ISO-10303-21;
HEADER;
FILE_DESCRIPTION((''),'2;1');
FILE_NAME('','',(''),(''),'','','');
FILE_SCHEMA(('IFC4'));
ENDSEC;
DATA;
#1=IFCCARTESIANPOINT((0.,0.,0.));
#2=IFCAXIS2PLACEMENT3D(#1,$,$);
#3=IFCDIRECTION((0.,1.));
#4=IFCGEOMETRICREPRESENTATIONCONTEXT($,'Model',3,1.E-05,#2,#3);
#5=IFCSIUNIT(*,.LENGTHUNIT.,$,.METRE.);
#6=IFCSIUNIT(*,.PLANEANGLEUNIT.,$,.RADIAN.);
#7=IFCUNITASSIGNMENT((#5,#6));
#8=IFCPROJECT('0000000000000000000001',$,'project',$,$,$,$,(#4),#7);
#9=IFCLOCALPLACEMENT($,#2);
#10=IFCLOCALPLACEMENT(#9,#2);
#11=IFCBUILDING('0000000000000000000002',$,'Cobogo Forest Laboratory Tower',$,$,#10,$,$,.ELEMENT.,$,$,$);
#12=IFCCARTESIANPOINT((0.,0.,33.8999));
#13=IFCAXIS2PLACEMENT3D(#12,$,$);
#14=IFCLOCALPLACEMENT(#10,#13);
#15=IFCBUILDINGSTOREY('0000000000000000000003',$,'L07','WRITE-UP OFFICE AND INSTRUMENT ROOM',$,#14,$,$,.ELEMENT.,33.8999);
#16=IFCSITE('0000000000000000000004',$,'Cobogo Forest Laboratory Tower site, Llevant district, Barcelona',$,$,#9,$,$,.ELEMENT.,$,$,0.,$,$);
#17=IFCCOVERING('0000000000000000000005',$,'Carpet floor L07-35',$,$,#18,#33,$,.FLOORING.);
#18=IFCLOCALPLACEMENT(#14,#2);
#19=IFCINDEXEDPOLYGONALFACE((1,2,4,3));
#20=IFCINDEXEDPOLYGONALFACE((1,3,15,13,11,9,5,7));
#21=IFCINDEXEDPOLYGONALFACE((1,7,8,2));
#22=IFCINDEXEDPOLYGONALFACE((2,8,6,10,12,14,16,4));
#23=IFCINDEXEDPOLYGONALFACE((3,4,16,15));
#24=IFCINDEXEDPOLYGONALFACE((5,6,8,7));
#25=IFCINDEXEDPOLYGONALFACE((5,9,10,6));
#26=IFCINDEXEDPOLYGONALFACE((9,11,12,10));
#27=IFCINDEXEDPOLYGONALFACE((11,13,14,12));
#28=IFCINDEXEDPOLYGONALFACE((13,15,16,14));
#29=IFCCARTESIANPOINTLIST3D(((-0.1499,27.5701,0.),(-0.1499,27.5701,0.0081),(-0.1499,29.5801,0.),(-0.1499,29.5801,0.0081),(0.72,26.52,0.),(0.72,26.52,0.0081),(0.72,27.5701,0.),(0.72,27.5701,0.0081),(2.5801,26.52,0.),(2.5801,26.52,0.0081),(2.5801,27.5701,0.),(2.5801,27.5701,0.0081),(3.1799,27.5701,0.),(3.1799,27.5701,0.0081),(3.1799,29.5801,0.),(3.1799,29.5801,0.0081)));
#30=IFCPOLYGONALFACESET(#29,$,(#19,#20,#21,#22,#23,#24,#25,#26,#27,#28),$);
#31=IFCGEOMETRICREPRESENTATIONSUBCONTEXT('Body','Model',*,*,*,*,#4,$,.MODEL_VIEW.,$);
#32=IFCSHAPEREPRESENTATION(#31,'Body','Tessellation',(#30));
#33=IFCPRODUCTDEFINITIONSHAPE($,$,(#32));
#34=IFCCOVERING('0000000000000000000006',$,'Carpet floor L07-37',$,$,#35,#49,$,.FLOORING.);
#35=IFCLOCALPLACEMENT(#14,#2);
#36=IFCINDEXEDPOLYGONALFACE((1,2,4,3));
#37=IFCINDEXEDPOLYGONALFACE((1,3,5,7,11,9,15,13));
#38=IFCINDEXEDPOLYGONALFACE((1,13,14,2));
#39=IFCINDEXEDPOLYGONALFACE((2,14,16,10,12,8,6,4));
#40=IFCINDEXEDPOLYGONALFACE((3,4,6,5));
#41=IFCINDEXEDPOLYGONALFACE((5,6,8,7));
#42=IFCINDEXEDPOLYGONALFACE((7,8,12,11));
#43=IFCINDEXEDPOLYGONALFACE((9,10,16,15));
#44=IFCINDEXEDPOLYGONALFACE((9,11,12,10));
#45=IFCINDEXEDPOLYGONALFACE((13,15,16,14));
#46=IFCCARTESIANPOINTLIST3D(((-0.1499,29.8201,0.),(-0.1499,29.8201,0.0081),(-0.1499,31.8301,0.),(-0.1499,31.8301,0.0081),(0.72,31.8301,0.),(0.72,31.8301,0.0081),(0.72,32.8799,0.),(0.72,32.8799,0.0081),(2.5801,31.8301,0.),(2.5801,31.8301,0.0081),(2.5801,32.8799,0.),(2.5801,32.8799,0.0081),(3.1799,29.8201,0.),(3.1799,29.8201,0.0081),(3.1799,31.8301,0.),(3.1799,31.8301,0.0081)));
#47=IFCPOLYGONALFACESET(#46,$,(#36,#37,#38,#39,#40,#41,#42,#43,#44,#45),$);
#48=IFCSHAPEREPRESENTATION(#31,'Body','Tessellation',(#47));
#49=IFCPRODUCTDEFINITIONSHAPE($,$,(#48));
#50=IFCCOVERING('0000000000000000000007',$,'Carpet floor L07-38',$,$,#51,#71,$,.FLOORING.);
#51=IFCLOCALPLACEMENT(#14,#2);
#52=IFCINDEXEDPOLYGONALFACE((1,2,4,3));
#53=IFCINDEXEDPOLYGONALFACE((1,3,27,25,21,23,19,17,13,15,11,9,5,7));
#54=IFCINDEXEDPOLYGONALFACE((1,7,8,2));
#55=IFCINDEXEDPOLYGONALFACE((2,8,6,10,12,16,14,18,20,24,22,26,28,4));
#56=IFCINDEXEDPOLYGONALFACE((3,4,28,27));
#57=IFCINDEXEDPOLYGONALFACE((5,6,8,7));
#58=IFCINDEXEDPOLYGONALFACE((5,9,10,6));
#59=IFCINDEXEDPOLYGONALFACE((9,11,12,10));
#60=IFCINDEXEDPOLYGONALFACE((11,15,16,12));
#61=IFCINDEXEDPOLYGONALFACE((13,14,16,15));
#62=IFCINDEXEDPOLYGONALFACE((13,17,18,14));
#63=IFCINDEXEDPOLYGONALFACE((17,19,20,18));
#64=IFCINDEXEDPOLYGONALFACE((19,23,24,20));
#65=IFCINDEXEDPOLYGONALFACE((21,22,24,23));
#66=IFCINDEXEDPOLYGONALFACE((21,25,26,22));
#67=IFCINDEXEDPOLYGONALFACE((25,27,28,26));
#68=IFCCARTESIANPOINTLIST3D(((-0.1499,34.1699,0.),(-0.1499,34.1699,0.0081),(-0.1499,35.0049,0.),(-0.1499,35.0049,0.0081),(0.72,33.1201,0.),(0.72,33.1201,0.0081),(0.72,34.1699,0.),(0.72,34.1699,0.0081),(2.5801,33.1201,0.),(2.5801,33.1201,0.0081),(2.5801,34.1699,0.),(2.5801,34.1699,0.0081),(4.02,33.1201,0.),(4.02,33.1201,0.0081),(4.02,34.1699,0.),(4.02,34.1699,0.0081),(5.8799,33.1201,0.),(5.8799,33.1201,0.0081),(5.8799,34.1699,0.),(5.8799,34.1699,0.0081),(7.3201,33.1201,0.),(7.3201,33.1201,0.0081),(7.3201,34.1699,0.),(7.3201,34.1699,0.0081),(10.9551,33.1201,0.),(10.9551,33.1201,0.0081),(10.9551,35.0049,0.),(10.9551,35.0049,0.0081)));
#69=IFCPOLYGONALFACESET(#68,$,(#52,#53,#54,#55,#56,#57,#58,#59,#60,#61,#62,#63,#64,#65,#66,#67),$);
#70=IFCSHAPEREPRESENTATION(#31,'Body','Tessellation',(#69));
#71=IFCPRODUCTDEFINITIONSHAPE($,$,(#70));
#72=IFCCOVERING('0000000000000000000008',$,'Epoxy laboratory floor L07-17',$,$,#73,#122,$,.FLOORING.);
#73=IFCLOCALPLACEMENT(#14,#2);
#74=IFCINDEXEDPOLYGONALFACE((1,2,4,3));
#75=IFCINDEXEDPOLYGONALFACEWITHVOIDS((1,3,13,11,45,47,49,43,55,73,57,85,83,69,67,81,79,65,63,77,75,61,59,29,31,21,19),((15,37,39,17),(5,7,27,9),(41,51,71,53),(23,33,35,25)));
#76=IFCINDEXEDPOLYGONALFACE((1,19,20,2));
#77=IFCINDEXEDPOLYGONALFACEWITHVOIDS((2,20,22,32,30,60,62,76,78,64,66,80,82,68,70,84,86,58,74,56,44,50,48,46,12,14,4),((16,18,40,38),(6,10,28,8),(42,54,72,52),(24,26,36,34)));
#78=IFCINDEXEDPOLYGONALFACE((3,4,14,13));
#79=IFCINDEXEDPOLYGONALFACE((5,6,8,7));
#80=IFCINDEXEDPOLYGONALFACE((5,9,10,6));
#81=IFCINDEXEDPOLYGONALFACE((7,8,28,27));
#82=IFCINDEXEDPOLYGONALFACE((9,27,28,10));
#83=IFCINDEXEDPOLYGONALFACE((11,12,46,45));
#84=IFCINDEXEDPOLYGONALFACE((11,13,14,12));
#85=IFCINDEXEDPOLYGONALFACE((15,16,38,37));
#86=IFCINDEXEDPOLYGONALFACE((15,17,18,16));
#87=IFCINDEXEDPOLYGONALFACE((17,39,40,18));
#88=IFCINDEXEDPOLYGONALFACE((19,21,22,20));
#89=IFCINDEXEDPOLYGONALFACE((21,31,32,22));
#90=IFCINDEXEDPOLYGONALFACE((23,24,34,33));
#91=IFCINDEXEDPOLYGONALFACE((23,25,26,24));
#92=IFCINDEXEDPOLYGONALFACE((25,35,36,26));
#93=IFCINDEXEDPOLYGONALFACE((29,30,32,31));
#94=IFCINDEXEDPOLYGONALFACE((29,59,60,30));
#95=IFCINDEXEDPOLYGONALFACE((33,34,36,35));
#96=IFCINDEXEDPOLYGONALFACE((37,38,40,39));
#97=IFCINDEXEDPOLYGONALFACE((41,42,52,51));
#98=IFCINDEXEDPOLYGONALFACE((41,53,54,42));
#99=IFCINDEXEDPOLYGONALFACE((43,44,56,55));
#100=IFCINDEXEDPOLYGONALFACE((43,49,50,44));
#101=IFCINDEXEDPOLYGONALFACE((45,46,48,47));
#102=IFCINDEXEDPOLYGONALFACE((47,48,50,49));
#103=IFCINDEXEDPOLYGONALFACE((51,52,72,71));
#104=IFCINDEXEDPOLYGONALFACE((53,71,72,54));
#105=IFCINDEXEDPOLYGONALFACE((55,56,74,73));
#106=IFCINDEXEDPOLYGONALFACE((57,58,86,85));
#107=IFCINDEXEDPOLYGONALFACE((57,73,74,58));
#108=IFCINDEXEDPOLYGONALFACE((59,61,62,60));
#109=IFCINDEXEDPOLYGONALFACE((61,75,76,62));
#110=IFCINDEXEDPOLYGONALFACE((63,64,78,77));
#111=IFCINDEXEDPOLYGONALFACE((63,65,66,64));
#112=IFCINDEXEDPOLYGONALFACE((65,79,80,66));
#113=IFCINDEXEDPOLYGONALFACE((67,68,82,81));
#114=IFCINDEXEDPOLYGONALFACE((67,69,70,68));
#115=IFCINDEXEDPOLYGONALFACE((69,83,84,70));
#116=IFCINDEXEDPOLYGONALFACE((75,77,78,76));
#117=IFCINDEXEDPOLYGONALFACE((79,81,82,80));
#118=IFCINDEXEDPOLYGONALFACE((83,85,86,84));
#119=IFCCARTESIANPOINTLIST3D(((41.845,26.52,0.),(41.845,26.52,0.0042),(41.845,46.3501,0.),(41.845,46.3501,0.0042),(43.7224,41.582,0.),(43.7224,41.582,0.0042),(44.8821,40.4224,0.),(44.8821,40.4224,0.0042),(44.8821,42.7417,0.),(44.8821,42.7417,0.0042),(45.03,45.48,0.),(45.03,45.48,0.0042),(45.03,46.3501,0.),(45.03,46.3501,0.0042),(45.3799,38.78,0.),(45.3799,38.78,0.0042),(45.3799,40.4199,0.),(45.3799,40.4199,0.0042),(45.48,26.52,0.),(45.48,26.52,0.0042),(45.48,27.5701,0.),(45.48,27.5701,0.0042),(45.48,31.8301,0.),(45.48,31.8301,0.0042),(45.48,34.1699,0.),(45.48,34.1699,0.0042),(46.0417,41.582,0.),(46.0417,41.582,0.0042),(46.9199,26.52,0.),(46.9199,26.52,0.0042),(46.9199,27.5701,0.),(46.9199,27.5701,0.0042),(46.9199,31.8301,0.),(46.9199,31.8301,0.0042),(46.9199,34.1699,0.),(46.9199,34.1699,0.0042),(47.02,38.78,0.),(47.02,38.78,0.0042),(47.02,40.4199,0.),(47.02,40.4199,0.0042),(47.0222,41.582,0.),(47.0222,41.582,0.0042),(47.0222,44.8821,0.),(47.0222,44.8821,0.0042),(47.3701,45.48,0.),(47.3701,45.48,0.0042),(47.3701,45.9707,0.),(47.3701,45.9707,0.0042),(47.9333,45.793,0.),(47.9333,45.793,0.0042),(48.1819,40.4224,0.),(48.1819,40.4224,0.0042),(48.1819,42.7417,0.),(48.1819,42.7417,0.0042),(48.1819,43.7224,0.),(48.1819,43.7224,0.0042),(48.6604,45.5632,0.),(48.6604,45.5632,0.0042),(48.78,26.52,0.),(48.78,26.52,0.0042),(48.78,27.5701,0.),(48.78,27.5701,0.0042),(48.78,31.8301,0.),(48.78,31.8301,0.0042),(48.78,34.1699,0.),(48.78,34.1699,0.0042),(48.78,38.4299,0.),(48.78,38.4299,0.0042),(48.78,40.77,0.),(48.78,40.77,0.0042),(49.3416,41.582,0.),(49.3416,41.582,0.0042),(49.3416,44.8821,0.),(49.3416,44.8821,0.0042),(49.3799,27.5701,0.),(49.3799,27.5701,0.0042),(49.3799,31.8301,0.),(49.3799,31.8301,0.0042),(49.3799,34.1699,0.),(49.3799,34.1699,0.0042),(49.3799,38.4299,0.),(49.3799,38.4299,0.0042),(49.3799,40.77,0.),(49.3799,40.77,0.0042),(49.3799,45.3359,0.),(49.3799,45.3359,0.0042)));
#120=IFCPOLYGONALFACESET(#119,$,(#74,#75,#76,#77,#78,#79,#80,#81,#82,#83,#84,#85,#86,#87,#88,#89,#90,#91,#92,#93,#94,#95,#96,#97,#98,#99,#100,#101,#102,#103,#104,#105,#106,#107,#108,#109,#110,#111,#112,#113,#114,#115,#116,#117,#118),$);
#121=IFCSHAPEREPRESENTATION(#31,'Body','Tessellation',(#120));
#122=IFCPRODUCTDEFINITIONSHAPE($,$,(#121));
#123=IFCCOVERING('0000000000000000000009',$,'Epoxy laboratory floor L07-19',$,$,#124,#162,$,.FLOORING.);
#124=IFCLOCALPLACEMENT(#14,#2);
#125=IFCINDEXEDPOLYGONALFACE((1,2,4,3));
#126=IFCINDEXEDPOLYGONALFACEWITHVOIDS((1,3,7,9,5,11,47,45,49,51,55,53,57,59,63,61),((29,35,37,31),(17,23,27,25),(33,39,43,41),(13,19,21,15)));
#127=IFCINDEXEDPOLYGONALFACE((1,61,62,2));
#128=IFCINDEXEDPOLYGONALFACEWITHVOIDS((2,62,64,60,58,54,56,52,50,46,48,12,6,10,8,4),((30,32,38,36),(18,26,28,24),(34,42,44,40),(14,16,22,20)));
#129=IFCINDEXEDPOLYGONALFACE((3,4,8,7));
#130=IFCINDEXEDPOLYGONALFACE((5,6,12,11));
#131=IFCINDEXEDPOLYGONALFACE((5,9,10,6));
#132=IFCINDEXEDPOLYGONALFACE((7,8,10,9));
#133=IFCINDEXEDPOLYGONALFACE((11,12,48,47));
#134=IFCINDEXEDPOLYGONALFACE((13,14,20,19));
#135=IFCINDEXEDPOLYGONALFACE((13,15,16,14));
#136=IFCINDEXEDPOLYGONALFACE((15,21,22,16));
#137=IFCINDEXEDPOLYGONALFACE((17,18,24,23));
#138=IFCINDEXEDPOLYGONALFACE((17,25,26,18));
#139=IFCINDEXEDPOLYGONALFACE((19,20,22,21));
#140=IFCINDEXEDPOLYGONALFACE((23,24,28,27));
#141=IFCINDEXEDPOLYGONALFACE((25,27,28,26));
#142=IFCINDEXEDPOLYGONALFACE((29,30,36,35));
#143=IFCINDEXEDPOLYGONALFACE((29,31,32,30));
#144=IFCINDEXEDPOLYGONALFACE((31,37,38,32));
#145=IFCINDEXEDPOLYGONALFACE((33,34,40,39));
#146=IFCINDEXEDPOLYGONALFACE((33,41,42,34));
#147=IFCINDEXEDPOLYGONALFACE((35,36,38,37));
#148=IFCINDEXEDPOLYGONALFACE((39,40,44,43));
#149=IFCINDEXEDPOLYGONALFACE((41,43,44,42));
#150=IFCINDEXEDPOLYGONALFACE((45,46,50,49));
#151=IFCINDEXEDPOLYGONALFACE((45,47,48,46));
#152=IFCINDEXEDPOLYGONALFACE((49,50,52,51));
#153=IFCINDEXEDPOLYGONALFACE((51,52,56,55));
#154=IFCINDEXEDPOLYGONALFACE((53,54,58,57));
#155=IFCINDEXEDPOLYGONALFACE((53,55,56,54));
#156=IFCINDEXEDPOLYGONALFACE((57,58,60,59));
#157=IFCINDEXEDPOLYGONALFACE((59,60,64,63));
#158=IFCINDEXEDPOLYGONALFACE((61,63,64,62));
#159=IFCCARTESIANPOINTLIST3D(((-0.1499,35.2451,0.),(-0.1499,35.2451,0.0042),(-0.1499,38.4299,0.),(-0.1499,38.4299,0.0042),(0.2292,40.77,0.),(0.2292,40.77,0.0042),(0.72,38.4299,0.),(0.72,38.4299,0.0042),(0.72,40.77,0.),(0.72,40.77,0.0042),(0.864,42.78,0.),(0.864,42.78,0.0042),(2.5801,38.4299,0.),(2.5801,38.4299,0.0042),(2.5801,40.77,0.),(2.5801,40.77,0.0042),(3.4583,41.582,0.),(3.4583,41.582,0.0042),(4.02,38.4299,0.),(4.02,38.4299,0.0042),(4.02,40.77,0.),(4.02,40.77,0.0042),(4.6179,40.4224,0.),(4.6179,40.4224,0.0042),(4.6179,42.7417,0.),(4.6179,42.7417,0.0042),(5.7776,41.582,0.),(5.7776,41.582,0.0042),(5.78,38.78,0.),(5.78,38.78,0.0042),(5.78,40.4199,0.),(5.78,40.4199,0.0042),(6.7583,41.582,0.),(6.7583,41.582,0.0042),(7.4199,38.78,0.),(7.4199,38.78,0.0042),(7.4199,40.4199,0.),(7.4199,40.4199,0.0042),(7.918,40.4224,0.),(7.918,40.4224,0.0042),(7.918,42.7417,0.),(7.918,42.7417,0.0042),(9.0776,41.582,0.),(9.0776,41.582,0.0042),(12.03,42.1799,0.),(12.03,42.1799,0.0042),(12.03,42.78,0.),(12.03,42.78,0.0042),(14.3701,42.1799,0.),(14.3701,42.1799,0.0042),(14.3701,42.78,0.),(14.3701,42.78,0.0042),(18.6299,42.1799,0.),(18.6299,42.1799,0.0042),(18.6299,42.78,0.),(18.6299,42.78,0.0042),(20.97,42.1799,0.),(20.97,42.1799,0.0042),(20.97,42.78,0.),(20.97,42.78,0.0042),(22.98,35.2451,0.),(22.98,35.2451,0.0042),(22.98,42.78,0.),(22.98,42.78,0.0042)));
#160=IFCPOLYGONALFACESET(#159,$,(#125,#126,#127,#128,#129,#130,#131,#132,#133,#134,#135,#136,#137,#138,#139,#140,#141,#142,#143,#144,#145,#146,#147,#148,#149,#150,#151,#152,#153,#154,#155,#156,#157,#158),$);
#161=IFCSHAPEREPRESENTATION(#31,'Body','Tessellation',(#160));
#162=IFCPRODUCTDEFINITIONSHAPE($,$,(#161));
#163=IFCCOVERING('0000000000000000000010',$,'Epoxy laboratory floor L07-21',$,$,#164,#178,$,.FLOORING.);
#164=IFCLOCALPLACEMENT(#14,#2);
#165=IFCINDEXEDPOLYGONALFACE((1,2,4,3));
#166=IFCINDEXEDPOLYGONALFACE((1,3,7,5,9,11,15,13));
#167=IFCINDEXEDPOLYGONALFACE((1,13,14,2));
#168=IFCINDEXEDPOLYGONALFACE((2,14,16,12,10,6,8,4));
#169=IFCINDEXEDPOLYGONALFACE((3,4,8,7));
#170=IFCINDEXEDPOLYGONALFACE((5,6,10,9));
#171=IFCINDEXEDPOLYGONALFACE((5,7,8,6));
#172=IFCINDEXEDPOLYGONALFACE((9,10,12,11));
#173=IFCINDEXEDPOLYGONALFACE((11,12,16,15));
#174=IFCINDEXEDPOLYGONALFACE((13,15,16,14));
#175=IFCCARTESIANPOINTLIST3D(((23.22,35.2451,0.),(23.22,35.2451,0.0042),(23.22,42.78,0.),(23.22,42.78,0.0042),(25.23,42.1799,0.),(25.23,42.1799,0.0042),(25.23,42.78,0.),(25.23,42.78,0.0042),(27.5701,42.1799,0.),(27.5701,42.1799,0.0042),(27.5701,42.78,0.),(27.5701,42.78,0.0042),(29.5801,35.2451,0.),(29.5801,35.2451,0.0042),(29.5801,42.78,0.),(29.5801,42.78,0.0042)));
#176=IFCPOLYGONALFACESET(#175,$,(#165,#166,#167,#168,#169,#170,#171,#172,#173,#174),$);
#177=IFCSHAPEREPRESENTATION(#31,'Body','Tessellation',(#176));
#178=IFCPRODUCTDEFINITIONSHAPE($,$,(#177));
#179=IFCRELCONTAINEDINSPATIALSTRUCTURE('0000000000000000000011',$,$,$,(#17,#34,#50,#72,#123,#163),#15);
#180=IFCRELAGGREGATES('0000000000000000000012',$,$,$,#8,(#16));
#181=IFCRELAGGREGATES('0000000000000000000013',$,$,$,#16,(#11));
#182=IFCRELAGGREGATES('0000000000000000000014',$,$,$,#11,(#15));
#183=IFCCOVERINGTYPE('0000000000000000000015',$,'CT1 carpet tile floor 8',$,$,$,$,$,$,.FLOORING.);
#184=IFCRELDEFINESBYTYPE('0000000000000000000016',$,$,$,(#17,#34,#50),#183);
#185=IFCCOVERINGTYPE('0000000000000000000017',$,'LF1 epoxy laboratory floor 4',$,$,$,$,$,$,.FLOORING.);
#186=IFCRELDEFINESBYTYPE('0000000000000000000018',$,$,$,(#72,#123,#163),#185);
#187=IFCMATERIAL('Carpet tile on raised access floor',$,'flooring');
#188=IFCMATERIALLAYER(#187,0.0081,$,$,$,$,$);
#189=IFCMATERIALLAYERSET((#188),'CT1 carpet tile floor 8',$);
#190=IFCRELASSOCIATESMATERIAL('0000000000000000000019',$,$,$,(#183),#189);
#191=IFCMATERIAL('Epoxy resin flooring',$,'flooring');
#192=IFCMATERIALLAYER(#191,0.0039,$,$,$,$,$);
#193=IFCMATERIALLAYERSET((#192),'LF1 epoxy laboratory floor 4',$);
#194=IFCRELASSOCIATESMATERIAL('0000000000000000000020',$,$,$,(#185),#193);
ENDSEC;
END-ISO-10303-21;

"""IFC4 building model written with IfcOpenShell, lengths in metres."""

from ifc_helpers import new_model, si_unit, direction, frame, origin, place, context, subcontext, project, spatial, polyline, outline, extrude, material, layer, layer_set, type_object, element, save


model = new_model("IFC4")

# Units and contexts
model_context = context("Model", 3, precision=1e-05, world=origin(), true_north=direction((0.0, 1.0)))
body_context = subcontext(model_context, "Body", "Model", "MODEL_VIEW")
ifc_project = project(units=[si_unit("LENGTHUNIT", "METRE"), si_unit("PLANEANGLEUNIT", "RADIAN")], contexts=[model_context])

# Site, building, storey
site_placement = place(None, origin())
site = spatial("IfcSite", under=ifc_project, at=site_placement, Name="Cobogo Forest Laboratory Tower site, Llevant district, Barcelona", CompositionType="ELEMENT", RefElevation=0.0)
building_placement = place(site_placement, origin())
building = spatial("IfcBuilding", under=site, at=building_placement, Name="Cobogo Forest Laboratory Tower", CompositionType="ELEMENT")
storey_placement = place(building_placement, frame((0.0, 0.0, 33.8999)))
storey = spatial("IfcBuildingStorey", under=building, at=storey_placement, Name="L07", Description="WRITE-UP OFFICE AND INSTRUMENT ROOM", CompositionType="ELEMENT", Elevation=33.8999)

# Coverings
ifc_material_1 = material(Name="Carpet tile on raised access floor", Category="flooring")
ifc_layer_1 = layer(ifc_material_1, 0.0081)
ifc_layer_set_1 = layer_set([ifc_layer_1], Name="CT1 carpet tile floor 8")
covering_type_1 = type_object("IfcCoveringType", Name="CT1 carpet tile floor 8", PredefinedType="FLOORING", material=ifc_layer_set_1)
covering_1_placement = place(storey_placement, origin())
element("IfcCovering", 1, at=covering_1_placement, inside=storey, type_object=covering_type_1, Name="Carpet floor L07-35", PredefinedType="FLOORING", context=body_context, shape_type="SweptSolid", body=[
    extrude(outline(polyline([(3.1799, 27.5701), (2.5801, 27.5701), (2.5801, 26.52), (0.72, 26.52), (0.72, 27.5701), (-0.1499, 27.5701), (-0.1499, 29.5801), (3.1799, 29.5801), (3.1799, 27.5701)])), origin(), (0.0, 0.0, 1.0), 0.0081),
])
covering_2_placement = place(storey_placement, origin())
element("IfcCovering", 2, at=covering_2_placement, inside=storey, type_object=covering_type_1, Name="Carpet floor L07-37", PredefinedType="FLOORING", context=body_context, shape_type="SweptSolid", body=[
    extrude(outline(polyline([(3.1799, 29.8201), (-0.1499, 29.8201), (-0.1499, 31.8301), (0.72, 31.8301), (0.72, 32.8799), (2.5801, 32.8799), (2.5801, 31.8301), (3.1799, 31.8301), (3.1799, 29.8201)])), origin(), (0.0, 0.0, 1.0), 0.0081),
])
covering_3_placement = place(storey_placement, origin())
element("IfcCovering", 3, at=covering_3_placement, inside=storey, type_object=covering_type_1, Name="Carpet floor L07-38", PredefinedType="FLOORING", context=body_context, shape_type="SweptSolid", body=[
    extrude(outline(polyline([(10.9551, 33.1201), (7.3201, 33.1201), (7.3201, 34.1699), (5.8799, 34.1699), (5.8799, 33.1201), (4.02, 33.1201), (4.02, 34.1699), (2.5801, 34.1699), (2.5801, 33.1201), (0.72, 33.1201), (0.72, 34.1699), (-0.1499, 34.1699), (-0.1499, 35.0049), (10.9551, 35.0049), (10.9551, 33.1201)])), origin(), (0.0, 0.0, 1.0), 0.0081),
])
ifc_material_2 = material(Name="Epoxy resin flooring", Category="flooring")
ifc_layer_2 = layer(ifc_material_2, 0.0039)
ifc_layer_set_2 = layer_set([ifc_layer_2], Name="LF1 epoxy laboratory floor 4")
covering_type_2 = type_object("IfcCoveringType", Name="LF1 epoxy laboratory floor 4", PredefinedType="FLOORING", material=ifc_layer_set_2)
covering_4_placement = place(storey_placement, origin())
element("IfcCovering", 4, at=covering_4_placement, inside=storey, type_object=covering_type_2, Name="Epoxy laboratory floor L07-17", PredefinedType="FLOORING", context=body_context, shape_type="SweptSolid", body=[
    extrude(outline(polyline([(46.9199, 26.52), (46.9199, 27.5701), (45.48, 27.5701), (45.48, 26.52), (41.845, 26.52), (41.845, 46.3501), (45.03, 46.3501), (45.03, 45.48), (47.3701, 45.48), (47.3701, 45.9707), (47.9333, 45.793), (47.0222, 44.8821), (48.1819, 43.7224), (49.3416, 44.8821), (48.6604, 45.5632), (49.3799, 45.3359), (49.3799, 40.77), (48.78, 40.77), (48.78, 38.4299), (49.3799, 38.4299), (49.3799, 34.1699), (48.78, 34.1699), (48.78, 31.8301), (49.3799, 31.8301), (49.3799, 27.5701), (48.78, 27.5701), (48.78, 26.52), (46.9199, 26.52)]), holes=[polyline([(47.0222, 41.582), (48.1819, 40.4224), (49.3416, 41.582), (48.1819, 42.7417), (47.0222, 41.582)]), polyline([(47.02, 40.4199), (45.3799, 40.4199), (45.3799, 38.78), (47.02, 38.78), (47.02, 40.4199)]), polyline([(45.48, 31.8301), (46.9199, 31.8301), (46.9199, 34.1699), (45.48, 34.1699), (45.48, 31.8301)]), polyline([(43.7224, 41.582), (44.8821, 40.4224), (46.0417, 41.582), (44.8821, 42.7417), (43.7224, 41.582)])]), origin(), (0.0, 0.0, 1.0), 0.0042),
])
covering_5_placement = place(storey_placement, origin())
element("IfcCovering", 5, at=covering_5_placement, inside=storey, type_object=covering_type_2, Name="Epoxy laboratory floor L07-19", PredefinedType="FLOORING", context=body_context, shape_type="SweptSolid", body=[
    extrude(outline(polyline([(22.98, 35.2451), (-0.1499, 35.2451), (-0.1499, 38.4299), (0.72, 38.4299), (0.72, 40.77), (0.2292, 40.77), (0.864, 42.78), (12.03, 42.78), (12.03, 42.1799), (14.3701, 42.1799), (14.3701, 42.78), (18.6299, 42.78), (18.6299, 42.1799), (20.97, 42.1799), (20.97, 42.78), (22.98, 42.78), (22.98, 35.2451)]), holes=[polyline([(6.7583, 41.582), (7.918, 40.4224), (9.0776, 41.582), (7.918, 42.7417), (6.7583, 41.582)]), polyline([(5.78, 40.4199), (5.78, 38.78), (7.4199, 38.78), (7.4199, 40.4199), (5.78, 40.4199)]), polyline([(3.4583, 41.582), (4.6179, 40.4224), (5.7776, 41.582), (4.6179, 42.7417), (3.4583, 41.582)]), polyline([(2.5801, 38.4299), (4.02, 38.4299), (4.02, 40.77), (2.5801, 40.77), (2.5801, 38.4299)])]), origin(), (0.0, 0.0, 1.0), 0.0042),
])
covering_6_placement = place(storey_placement, origin())
element("IfcCovering", 6, at=covering_6_placement, inside=storey, type_object=covering_type_2, Name="Epoxy laboratory floor L07-21", PredefinedType="FLOORING", context=body_context, shape_type="SweptSolid", body=[
    extrude(outline(polyline([(23.22, 42.78), (25.23, 42.78), (25.23, 42.1799), (27.5701, 42.1799), (27.5701, 42.78), (29.5801, 42.78), (29.5801, 35.2451), (23.22, 35.2451), (23.22, 42.78)])), origin(), (0.0, 0.0, 1.0), 0.0042),
])

save(model, "model.ifc")
